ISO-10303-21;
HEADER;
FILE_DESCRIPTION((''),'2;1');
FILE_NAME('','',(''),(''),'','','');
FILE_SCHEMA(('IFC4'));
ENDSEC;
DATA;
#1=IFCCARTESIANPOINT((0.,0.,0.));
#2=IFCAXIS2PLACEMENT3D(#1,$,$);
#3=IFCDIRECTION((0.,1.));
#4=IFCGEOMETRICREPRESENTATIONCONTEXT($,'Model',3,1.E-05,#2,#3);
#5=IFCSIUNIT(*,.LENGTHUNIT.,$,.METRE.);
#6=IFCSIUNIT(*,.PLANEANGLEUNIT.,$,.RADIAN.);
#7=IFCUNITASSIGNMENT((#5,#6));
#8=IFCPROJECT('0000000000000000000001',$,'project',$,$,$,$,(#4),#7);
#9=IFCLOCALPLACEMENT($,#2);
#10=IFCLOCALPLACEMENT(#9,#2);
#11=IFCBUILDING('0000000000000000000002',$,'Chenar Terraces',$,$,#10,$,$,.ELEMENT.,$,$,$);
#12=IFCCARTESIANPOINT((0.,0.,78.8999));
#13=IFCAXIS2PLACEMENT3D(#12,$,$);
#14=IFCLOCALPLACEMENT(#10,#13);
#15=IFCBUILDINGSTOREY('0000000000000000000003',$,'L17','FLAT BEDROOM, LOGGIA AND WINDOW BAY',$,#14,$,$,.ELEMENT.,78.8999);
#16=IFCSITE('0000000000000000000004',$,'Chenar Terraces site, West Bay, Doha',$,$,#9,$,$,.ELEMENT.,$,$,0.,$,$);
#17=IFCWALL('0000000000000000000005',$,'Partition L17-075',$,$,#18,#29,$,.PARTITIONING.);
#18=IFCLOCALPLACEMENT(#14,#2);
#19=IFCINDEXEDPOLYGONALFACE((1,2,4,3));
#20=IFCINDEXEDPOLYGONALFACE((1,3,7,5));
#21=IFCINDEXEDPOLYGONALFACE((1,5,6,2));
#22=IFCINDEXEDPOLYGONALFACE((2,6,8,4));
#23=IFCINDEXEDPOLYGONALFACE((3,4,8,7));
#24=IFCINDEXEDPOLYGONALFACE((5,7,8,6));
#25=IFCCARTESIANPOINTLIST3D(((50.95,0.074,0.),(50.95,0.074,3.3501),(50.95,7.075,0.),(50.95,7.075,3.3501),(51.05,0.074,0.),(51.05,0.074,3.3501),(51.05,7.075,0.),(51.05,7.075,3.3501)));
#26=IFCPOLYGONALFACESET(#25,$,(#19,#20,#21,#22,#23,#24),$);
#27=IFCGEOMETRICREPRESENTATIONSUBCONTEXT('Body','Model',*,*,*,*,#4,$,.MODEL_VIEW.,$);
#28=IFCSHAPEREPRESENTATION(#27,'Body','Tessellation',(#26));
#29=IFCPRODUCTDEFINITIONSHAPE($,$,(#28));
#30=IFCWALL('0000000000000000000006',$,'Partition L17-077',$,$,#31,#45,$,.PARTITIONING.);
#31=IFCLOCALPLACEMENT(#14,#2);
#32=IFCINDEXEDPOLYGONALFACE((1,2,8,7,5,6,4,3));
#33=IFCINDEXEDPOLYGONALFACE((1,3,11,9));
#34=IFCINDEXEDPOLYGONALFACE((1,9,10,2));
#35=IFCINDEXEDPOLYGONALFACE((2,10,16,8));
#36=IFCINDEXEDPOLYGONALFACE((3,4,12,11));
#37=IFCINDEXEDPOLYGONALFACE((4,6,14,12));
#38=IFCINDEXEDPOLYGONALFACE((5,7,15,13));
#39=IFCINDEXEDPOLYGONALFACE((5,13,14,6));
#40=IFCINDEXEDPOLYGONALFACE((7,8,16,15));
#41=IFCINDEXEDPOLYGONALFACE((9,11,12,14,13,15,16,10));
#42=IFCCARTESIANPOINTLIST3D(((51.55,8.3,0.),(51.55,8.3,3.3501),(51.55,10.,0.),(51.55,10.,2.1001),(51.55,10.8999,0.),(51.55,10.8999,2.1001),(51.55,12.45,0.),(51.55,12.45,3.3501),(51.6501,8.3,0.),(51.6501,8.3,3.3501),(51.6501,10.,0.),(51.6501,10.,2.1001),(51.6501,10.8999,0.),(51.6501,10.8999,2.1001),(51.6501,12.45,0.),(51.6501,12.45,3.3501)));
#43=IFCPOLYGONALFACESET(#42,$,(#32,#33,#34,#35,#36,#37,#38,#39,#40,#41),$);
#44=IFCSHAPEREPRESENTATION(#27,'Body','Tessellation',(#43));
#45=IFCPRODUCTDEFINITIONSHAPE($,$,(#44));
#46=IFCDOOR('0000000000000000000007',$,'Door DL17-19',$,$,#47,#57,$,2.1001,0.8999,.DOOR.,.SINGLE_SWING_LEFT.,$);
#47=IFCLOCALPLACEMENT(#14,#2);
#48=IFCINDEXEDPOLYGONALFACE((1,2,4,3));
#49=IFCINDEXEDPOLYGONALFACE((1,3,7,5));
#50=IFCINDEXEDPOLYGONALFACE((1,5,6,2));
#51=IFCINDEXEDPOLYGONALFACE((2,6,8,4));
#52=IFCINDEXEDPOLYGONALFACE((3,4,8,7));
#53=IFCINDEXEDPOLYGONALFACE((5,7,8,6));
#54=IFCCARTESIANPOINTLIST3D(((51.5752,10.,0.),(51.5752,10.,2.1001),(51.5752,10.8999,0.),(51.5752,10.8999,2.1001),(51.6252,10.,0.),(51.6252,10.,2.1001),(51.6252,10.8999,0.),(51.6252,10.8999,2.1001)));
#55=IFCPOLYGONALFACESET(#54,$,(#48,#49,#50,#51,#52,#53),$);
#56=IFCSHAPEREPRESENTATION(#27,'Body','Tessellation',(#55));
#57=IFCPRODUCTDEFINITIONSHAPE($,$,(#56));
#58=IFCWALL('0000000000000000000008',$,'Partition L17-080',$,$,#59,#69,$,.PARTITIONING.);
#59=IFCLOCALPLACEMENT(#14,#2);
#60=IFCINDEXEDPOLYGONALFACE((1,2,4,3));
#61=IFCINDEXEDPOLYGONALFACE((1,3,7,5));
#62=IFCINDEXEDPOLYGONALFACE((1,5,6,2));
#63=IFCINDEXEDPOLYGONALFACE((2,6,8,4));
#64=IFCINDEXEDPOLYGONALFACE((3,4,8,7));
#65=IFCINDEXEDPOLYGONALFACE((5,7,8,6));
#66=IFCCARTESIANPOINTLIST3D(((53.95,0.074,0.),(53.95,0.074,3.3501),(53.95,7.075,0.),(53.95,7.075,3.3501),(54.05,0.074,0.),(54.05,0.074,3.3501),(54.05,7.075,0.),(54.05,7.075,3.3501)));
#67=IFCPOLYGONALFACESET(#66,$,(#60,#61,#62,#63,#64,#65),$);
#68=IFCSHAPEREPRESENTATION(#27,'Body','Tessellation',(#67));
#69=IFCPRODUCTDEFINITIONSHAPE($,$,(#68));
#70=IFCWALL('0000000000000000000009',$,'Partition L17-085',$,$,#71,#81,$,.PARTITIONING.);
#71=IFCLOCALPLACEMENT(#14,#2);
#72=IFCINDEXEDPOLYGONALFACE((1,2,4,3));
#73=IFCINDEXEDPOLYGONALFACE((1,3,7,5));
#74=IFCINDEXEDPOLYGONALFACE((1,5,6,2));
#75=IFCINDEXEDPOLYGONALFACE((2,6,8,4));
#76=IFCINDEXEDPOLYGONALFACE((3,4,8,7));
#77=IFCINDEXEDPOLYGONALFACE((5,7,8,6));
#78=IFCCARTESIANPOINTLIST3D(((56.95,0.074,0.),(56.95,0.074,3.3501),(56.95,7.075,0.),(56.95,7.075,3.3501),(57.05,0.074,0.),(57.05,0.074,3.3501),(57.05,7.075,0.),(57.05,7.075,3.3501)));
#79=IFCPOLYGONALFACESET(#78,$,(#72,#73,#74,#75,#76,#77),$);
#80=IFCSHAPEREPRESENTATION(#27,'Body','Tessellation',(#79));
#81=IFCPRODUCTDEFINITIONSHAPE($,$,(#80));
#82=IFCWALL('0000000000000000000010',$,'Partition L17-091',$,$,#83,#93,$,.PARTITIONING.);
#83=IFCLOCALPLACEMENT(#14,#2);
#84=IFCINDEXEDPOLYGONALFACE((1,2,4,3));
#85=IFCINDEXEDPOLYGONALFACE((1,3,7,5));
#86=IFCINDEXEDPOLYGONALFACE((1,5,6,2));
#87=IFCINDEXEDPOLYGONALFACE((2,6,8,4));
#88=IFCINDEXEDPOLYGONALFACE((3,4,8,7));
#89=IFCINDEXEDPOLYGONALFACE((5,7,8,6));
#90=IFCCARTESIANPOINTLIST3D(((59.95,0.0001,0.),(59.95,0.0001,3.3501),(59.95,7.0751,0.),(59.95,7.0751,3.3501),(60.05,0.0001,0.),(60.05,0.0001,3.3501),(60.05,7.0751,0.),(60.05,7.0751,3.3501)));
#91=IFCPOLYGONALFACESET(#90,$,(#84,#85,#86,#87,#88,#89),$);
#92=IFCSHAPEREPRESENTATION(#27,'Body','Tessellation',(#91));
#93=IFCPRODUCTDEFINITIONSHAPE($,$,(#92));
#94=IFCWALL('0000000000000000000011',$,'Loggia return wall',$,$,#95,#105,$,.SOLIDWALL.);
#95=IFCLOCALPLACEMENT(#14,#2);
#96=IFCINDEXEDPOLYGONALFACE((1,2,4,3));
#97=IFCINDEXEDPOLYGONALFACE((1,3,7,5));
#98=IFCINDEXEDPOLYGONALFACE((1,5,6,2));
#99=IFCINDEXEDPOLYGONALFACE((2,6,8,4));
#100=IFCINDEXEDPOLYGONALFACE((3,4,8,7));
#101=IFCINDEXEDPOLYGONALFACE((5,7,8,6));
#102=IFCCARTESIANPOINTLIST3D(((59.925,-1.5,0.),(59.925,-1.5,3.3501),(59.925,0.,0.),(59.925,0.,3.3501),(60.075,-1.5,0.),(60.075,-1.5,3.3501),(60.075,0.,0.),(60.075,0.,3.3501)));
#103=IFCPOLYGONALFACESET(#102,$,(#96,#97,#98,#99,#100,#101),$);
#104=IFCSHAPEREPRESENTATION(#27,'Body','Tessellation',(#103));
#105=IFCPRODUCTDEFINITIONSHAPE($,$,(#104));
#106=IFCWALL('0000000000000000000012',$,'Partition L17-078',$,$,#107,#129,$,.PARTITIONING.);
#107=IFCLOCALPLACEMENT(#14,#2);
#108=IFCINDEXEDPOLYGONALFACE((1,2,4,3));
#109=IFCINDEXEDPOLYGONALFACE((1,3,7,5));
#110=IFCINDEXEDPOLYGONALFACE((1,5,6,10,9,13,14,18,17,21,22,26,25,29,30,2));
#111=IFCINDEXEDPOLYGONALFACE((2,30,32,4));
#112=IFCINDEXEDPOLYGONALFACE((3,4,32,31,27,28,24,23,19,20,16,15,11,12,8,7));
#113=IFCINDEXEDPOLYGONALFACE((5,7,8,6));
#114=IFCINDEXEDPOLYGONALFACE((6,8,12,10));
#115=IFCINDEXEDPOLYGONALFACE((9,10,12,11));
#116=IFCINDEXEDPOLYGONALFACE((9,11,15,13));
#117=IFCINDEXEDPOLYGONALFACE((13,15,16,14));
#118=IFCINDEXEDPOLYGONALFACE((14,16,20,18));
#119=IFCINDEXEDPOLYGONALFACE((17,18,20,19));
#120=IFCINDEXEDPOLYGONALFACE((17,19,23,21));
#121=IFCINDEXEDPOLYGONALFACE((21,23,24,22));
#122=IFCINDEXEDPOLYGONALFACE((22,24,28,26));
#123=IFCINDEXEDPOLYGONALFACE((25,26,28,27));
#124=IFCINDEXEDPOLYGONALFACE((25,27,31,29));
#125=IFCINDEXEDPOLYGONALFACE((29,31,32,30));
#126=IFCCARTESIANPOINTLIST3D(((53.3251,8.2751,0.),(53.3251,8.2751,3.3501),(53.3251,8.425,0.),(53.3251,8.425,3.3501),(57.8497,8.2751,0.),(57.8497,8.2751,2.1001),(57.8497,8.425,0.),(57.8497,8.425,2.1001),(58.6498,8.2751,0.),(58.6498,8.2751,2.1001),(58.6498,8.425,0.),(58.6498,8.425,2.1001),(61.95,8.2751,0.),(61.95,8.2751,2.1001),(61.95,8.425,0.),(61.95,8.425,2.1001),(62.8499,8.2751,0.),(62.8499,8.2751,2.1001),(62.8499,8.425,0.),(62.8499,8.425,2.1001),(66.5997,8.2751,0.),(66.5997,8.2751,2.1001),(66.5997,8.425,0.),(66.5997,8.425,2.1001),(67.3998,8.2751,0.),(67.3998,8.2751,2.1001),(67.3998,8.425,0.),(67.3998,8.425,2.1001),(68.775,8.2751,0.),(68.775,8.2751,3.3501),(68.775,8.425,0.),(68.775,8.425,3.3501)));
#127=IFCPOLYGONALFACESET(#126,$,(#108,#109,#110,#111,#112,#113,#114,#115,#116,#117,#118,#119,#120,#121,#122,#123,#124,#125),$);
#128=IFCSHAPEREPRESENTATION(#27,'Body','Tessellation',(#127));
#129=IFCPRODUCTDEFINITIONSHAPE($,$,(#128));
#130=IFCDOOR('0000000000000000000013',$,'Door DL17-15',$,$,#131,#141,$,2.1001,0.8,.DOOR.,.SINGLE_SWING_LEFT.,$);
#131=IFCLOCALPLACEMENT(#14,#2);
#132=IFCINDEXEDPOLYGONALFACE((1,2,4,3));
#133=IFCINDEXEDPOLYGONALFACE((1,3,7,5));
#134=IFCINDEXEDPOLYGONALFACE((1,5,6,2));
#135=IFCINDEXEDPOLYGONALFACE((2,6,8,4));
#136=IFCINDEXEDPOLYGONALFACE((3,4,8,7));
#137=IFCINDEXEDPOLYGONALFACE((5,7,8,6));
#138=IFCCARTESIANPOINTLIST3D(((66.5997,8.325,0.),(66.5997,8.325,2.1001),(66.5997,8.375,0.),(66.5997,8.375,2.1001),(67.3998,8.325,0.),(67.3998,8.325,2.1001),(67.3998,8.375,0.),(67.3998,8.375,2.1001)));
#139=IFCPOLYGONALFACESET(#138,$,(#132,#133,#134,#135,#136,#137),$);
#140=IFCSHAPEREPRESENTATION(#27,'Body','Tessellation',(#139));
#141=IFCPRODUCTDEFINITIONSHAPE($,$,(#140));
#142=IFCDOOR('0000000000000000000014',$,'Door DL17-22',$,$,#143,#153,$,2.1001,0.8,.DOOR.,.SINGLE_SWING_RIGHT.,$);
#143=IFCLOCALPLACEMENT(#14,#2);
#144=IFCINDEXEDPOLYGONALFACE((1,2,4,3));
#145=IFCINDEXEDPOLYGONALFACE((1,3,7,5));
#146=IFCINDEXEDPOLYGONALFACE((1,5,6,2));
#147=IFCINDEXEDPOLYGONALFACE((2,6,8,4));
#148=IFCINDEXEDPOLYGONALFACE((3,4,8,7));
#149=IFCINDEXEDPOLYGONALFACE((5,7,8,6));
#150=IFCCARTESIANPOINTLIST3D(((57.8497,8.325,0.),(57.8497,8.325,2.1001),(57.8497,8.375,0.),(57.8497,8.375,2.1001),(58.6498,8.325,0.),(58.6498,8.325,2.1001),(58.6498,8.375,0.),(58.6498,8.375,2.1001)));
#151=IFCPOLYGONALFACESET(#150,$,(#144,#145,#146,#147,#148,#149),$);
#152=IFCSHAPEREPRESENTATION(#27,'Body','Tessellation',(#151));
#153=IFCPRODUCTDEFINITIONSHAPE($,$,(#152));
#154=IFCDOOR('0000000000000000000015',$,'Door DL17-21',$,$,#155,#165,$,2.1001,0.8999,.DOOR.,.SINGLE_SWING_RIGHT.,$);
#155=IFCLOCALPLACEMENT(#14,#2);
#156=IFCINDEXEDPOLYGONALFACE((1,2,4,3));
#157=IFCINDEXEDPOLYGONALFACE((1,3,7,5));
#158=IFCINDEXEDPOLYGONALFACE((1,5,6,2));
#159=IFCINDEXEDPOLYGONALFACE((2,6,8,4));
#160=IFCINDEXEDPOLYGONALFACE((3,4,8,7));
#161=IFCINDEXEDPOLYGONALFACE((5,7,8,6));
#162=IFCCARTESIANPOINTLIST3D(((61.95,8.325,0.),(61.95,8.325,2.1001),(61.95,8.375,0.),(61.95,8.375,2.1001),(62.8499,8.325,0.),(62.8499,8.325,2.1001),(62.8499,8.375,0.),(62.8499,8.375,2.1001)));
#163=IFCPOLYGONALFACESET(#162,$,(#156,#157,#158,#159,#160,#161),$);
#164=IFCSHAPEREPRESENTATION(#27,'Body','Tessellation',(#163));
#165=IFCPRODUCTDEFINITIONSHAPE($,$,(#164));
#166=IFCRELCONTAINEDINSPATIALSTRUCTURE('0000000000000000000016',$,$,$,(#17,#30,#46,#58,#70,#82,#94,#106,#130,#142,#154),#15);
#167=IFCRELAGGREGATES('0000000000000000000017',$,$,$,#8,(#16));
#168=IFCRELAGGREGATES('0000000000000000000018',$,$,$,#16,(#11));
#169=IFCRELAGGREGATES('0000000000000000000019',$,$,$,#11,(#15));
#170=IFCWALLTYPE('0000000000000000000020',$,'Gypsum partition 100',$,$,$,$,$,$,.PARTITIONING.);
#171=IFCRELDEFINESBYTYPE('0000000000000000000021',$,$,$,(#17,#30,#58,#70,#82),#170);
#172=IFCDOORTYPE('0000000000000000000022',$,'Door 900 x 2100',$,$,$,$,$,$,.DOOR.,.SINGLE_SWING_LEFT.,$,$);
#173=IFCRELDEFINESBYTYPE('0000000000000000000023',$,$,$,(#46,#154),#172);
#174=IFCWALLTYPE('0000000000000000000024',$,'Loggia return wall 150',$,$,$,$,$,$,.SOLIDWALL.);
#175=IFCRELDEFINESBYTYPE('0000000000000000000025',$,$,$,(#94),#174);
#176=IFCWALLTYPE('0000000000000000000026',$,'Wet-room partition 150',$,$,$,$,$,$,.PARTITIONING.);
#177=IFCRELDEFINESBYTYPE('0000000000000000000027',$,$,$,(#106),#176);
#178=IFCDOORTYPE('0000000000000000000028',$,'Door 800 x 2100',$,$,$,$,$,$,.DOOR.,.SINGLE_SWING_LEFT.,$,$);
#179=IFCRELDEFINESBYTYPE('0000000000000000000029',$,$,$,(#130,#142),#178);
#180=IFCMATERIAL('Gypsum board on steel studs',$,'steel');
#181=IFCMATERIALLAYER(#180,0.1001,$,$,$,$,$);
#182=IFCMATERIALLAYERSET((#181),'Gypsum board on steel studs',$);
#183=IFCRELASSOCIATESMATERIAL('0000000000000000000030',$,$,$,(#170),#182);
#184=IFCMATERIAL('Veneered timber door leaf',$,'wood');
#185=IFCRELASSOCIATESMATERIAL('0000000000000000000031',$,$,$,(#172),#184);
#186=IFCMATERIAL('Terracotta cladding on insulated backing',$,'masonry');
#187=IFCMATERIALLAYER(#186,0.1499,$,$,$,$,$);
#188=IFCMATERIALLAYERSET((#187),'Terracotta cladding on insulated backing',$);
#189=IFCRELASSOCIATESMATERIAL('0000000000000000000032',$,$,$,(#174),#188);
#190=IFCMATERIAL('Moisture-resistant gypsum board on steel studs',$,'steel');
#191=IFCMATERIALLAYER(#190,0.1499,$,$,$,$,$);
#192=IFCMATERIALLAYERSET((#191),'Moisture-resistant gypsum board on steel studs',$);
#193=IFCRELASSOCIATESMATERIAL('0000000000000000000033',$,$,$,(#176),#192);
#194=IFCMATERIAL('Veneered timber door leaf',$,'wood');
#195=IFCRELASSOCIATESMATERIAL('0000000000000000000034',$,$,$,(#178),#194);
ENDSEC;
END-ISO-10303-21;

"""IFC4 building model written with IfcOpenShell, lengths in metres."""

from ifc_helpers import new_model, si_unit, direction, frame, frame_2d, origin, place, context, subcontext, project, spatial, rectangle, extrude, material, layer, layer_set, type_object, element, fill, save


model = new_model("IFC4")

# Units and contexts
model_context = context("Model", 3, precision=1e-05, world=origin(), true_north=direction((0.0, 1.0)))
body_context = subcontext(model_context, "Body", "Model", "MODEL_VIEW")
ifc_project = project(units=[si_unit("LENGTHUNIT", "METRE"), si_unit("PLANEANGLEUNIT", "RADIAN")], contexts=[model_context])

# Site, building, storey
site_placement = place(None, origin())
site = spatial("IfcSite", under=ifc_project, at=site_placement, Name="Chenar Terraces site, West Bay, Doha", CompositionType="ELEMENT", RefElevation=0.0)
building_placement = place(site_placement, origin())
building = spatial("IfcBuilding", under=site, at=building_placement, Name="Chenar Terraces", CompositionType="ELEMENT")
storey_placement = place(building_placement, frame((0.0, 0.0, 78.8999)))
storey = spatial("IfcBuildingStorey", under=building, at=storey_placement, Name="L17", Description="FLAT BEDROOM, LOGGIA AND WINDOW BAY", CompositionType="ELEMENT", Elevation=78.8999)

# Wall
ifc_material_1 = material(Name="Gypsum board on steel studs", Category="steel")
ifc_layer_1 = layer(ifc_material_1, 0.1001)
ifc_layer_set_1 = layer_set([ifc_layer_1], Name="Gypsum board on steel studs")
wall_type_1 = type_object("IfcWallType", Name="Gypsum partition 100", PredefinedType="PARTITIONING", material=ifc_layer_set_1)
wall_1_placement = place(storey_placement, frame((51.0, 0.074, 0.0), z_axis=(0.0, 0.0, 1.0), x_axis=(0.0, 1.0, 0.0)))
element("IfcWall", 1, at=wall_1_placement, inside=storey, type_object=wall_type_1, Name="Partition L17-075", PredefinedType="PARTITIONING", context=body_context, shape_type="SweptSolid", body=[
    extrude(rectangle(XDim=7.001, YDim=0.1001, at=frame_2d((3.5005, 0.0))), origin(), (0.0, 0.0, 1.0), 3.3501),
])

# Wall, opening, door
wall_2_placement = place(storey_placement, frame((51.6001, 8.3, 0.0), z_axis=(0.0, 0.0, 1.0), x_axis=(0.0, 1.0, 0.0)))
wall_2 = element("IfcWall", 2, at=wall_2_placement, inside=storey, type_object=wall_type_1, Name="Partition L17-077", PredefinedType="PARTITIONING", context=body_context, shape_type="SweptSolid", body=[
    extrude(rectangle(XDim=4.1499, YDim=0.1001, at=frame_2d((2.075, 0.0))), origin(), (0.0, 0.0, 1.0), 3.3501),
])
opening_1_placement = place(wall_2_placement, frame((1.7, 0.0, 0.0)))
opening_1 = element("IfcOpeningElement", 3, at=opening_1_placement, cuts=wall_2, PredefinedType="OPENING", context=body_context, shape_type="SweptSolid", body=[
    extrude(rectangle(XDim=0.8999, YDim=2.1001, at=frame_2d((0.45, 1.05))), frame((0.0, 0.0601, 0.0), z_axis=(0.0, -1.0, 0.0), x_axis=(1.0, 0.0, 0.0)), (0.0, 0.0, 1.0), 0.1201),
])
ifc_material_2 = material(Name="Veneered timber door leaf", Category="wood")
door_type_1 = type_object("IfcDoorType", Name="Door 900 x 2100", OperationType="SINGLE_SWING_LEFT", PredefinedType="DOOR", material=ifc_material_2)
door_1_placement = place(opening_1_placement, origin())
door_1 = element("IfcDoor", 4, at=door_1_placement, inside=storey, type_object=door_type_1, Name="Door DL17-19", OperationType="SINGLE_SWING_LEFT", OverallHeight=2.1001, OverallWidth=0.8999, PredefinedType="DOOR", context=body_context, shape_type="SweptSolid", body=[
    extrude(rectangle(XDim=0.8999, YDim=2.1001, at=frame_2d((0.45, 1.05))), frame((0.0, 0.0249, 0.0), z_axis=(0.0, -1.0, 0.0), x_axis=(1.0, 0.0, 0.0)), (0.0, 0.0, 1.0), 0.05),
])
fill(opening_1, door_1)

# Walls
for number, where, z_axis, x_axis, name in (
    (5, (54.0, 0.074, 0.0), (0.0, 0.0, 1.0), (0.0, 1.0, 0.0), "Partition L17-080"),
    (6, (57.0, 0.074, 0.0), (0.0, 0.0, 1.0), (0.0, 1.0, 0.0), "Partition L17-085"),
):
    element("IfcWall", number, at=place(storey_placement, frame(where, z_axis=z_axis, x_axis=x_axis)), inside=storey, type_object=wall_type_1, Name=name, PredefinedType="PARTITIONING", context=body_context, shape_type="SweptSolid", body=[
        extrude(rectangle(XDim=7.001, YDim=0.1001, at=frame_2d((3.5005, 0.0))), origin(), (0.0, 0.0, 1.0), 3.3501),
    ])
wall_3_placement = place(storey_placement, frame((60.0, 0.0, 0.0), z_axis=(0.0, 0.0, 1.0), x_axis=(0.0, 1.0, 0.0)))
element("IfcWall", 7, at=wall_3_placement, inside=storey, type_object=wall_type_1, Name="Partition L17-091", PredefinedType="PARTITIONING", context=body_context, shape_type="SweptSolid", body=[
    extrude(rectangle(XDim=7.075, YDim=0.1001, at=frame_2d((3.5376, 0.0))), origin(), (0.0, 0.0, 1.0), 3.3501),
])
ifc_material_3 = material(Name="Terracotta cladding on insulated backing", Category="masonry")
ifc_layer_2 = layer(ifc_material_3, 0.1499)
ifc_layer_set_2 = layer_set([ifc_layer_2], Name="Terracotta cladding on insulated backing")
wall_type_2 = type_object("IfcWallType", Name="Loggia return wall 150", PredefinedType="SOLIDWALL", material=ifc_layer_set_2)
wall_4_placement = place(storey_placement, frame((60.0, -1.5, 0.0), z_axis=(0.0, 0.0, 1.0), x_axis=(0.0, 1.0, 0.0)))
element("IfcWall", 8, at=wall_4_placement, inside=storey, type_object=wall_type_2, Name="Loggia return wall", PredefinedType="SOLIDWALL", context=body_context, shape_type="SweptSolid", body=[
    extrude(rectangle(XDim=1.5, YDim=0.1499, at=frame_2d((0.75, 0.0))), origin(), (0.0, 0.0, 1.0), 3.3501),
])

# Wall, openings, doors
ifc_material_4 = material(Name="Moisture-resistant gypsum board on steel studs", Category="steel")
ifc_layer_3 = layer(ifc_material_4, 0.1499)
ifc_layer_set_3 = layer_set([ifc_layer_3], Name="Moisture-resistant gypsum board on steel studs")
wall_type_3 = type_object("IfcWallType", Name="Wet-room partition 150", PredefinedType="PARTITIONING", material=ifc_layer_set_3)
wall_5_placement = place(storey_placement, frame((53.325, 8.3501, 0.0), z_axis=(0.0, 0.0, 1.0), x_axis=(1.0, 0.0, 0.0)))
wall_5 = element("IfcWall", 9, at=wall_5_placement, inside=storey, type_object=wall_type_3, Name="Partition L17-078", PredefinedType="PARTITIONING", context=body_context, shape_type="SweptSolid", body=[
    extrude(rectangle(XDim=15.45, YDim=0.1499, at=frame_2d((7.7251, 0.0))), origin(), (0.0, 0.0, 1.0), 3.3501),
])
opening_2_placement = place(wall_5_placement, frame((13.2749, 0.0, 0.0)))
opening_2 = element("IfcOpeningElement", 10, at=opening_2_placement, cuts=wall_5, PredefinedType="OPENING", context=body_context, shape_type="SweptSolid", body=[
    extrude(rectangle(XDim=0.8, YDim=2.1001, at=frame_2d((0.3999, 1.05))), frame((0.0, 0.085, 0.0), z_axis=(0.0, -1.0, 0.0), x_axis=(1.0, 0.0, 0.0)), (0.0, 0.0, 1.0), 0.1699),
])
opening_3_placement = place(wall_5_placement, frame((8.625, 0.0, 0.0)))
opening_3 = element("IfcOpeningElement", 11, at=opening_3_placement, cuts=wall_5, PredefinedType="OPENING", context=body_context, shape_type="SweptSolid", body=[
    extrude(rectangle(XDim=0.8999, YDim=2.1001, at=frame_2d((0.45, 1.05))), frame((0.0, 0.085, 0.0), z_axis=(0.0, -1.0, 0.0), x_axis=(1.0, 0.0, 0.0)), (0.0, 0.0, 1.0), 0.1699),
])
opening_4_placement = place(wall_5_placement, frame((4.5249, 0.0, 0.0)))
opening_4 = element("IfcOpeningElement", 12, at=opening_4_placement, cuts=wall_5, PredefinedType="OPENING", context=body_context, shape_type="SweptSolid", body=[
    extrude(rectangle(XDim=0.8, YDim=2.1001, at=frame_2d((0.3999, 1.05))), frame((0.0, 0.085, 0.0), z_axis=(0.0, -1.0, 0.0), x_axis=(1.0, 0.0, 0.0)), (0.0, 0.0, 1.0), 0.1699),
])
ifc_material_5 = material(Name="Veneered timber door leaf", Category="wood")
door_type_2 = type_object("IfcDoorType", Name="Door 800 x 2100", OperationType="SINGLE_SWING_LEFT", PredefinedType="DOOR", material=ifc_material_5)
door_2_placement = place(opening_2_placement, origin())
door_2 = element("IfcDoor", 13, at=door_2_placement, inside=storey, type_object=door_type_2, Name="Door DL17-15", OperationType="SINGLE_SWING_LEFT", OverallHeight=2.1001, OverallWidth=0.8, PredefinedType="DOOR", context=body_context, shape_type="SweptSolid", body=[
    extrude(rectangle(XDim=0.8, YDim=2.1001, at=frame_2d((0.3999, 1.05))), frame((0.0, 0.0249, 0.0), z_axis=(0.0, -1.0, 0.0), x_axis=(1.0, 0.0, 0.0)), (0.0, 0.0, 1.0), 0.05),
])
fill(opening_2, door_2)
door_3_placement = place(opening_4_placement, origin())
door_3 = element("IfcDoor", 14, at=door_3_placement, inside=storey, type_object=door_type_2, Name="Door DL17-22", OperationType="SINGLE_SWING_RIGHT", OverallHeight=2.1001, OverallWidth=0.8, PredefinedType="DOOR", context=body_context, shape_type="SweptSolid", body=[
    extrude(rectangle(XDim=0.8, YDim=2.1001, at=frame_2d((0.3999, 1.05))), frame((0.0, 0.0249, 0.0), z_axis=(0.0, -1.0, 0.0), x_axis=(1.0, 0.0, 0.0)), (0.0, 0.0, 1.0), 0.05),
])
fill(opening_4, door_3)
door_4_placement = place(opening_3_placement, origin())
door_4 = element("IfcDoor", 15, at=door_4_placement, inside=storey, type_object=door_type_1, Name="Door DL17-21", OperationType="SINGLE_SWING_RIGHT", OverallHeight=2.1001, OverallWidth=0.8999, PredefinedType="DOOR", context=body_context, shape_type="SweptSolid", body=[
    extrude(rectangle(XDim=0.8999, YDim=2.1001, at=frame_2d((0.45, 1.05))), frame((0.0, 0.0249, 0.0), z_axis=(0.0, -1.0, 0.0), x_axis=(1.0, 0.0, 0.0)), (0.0, 0.0, 1.0), 0.05),
])
fill(opening_3, door_4)

save(model, "model.ifc")
